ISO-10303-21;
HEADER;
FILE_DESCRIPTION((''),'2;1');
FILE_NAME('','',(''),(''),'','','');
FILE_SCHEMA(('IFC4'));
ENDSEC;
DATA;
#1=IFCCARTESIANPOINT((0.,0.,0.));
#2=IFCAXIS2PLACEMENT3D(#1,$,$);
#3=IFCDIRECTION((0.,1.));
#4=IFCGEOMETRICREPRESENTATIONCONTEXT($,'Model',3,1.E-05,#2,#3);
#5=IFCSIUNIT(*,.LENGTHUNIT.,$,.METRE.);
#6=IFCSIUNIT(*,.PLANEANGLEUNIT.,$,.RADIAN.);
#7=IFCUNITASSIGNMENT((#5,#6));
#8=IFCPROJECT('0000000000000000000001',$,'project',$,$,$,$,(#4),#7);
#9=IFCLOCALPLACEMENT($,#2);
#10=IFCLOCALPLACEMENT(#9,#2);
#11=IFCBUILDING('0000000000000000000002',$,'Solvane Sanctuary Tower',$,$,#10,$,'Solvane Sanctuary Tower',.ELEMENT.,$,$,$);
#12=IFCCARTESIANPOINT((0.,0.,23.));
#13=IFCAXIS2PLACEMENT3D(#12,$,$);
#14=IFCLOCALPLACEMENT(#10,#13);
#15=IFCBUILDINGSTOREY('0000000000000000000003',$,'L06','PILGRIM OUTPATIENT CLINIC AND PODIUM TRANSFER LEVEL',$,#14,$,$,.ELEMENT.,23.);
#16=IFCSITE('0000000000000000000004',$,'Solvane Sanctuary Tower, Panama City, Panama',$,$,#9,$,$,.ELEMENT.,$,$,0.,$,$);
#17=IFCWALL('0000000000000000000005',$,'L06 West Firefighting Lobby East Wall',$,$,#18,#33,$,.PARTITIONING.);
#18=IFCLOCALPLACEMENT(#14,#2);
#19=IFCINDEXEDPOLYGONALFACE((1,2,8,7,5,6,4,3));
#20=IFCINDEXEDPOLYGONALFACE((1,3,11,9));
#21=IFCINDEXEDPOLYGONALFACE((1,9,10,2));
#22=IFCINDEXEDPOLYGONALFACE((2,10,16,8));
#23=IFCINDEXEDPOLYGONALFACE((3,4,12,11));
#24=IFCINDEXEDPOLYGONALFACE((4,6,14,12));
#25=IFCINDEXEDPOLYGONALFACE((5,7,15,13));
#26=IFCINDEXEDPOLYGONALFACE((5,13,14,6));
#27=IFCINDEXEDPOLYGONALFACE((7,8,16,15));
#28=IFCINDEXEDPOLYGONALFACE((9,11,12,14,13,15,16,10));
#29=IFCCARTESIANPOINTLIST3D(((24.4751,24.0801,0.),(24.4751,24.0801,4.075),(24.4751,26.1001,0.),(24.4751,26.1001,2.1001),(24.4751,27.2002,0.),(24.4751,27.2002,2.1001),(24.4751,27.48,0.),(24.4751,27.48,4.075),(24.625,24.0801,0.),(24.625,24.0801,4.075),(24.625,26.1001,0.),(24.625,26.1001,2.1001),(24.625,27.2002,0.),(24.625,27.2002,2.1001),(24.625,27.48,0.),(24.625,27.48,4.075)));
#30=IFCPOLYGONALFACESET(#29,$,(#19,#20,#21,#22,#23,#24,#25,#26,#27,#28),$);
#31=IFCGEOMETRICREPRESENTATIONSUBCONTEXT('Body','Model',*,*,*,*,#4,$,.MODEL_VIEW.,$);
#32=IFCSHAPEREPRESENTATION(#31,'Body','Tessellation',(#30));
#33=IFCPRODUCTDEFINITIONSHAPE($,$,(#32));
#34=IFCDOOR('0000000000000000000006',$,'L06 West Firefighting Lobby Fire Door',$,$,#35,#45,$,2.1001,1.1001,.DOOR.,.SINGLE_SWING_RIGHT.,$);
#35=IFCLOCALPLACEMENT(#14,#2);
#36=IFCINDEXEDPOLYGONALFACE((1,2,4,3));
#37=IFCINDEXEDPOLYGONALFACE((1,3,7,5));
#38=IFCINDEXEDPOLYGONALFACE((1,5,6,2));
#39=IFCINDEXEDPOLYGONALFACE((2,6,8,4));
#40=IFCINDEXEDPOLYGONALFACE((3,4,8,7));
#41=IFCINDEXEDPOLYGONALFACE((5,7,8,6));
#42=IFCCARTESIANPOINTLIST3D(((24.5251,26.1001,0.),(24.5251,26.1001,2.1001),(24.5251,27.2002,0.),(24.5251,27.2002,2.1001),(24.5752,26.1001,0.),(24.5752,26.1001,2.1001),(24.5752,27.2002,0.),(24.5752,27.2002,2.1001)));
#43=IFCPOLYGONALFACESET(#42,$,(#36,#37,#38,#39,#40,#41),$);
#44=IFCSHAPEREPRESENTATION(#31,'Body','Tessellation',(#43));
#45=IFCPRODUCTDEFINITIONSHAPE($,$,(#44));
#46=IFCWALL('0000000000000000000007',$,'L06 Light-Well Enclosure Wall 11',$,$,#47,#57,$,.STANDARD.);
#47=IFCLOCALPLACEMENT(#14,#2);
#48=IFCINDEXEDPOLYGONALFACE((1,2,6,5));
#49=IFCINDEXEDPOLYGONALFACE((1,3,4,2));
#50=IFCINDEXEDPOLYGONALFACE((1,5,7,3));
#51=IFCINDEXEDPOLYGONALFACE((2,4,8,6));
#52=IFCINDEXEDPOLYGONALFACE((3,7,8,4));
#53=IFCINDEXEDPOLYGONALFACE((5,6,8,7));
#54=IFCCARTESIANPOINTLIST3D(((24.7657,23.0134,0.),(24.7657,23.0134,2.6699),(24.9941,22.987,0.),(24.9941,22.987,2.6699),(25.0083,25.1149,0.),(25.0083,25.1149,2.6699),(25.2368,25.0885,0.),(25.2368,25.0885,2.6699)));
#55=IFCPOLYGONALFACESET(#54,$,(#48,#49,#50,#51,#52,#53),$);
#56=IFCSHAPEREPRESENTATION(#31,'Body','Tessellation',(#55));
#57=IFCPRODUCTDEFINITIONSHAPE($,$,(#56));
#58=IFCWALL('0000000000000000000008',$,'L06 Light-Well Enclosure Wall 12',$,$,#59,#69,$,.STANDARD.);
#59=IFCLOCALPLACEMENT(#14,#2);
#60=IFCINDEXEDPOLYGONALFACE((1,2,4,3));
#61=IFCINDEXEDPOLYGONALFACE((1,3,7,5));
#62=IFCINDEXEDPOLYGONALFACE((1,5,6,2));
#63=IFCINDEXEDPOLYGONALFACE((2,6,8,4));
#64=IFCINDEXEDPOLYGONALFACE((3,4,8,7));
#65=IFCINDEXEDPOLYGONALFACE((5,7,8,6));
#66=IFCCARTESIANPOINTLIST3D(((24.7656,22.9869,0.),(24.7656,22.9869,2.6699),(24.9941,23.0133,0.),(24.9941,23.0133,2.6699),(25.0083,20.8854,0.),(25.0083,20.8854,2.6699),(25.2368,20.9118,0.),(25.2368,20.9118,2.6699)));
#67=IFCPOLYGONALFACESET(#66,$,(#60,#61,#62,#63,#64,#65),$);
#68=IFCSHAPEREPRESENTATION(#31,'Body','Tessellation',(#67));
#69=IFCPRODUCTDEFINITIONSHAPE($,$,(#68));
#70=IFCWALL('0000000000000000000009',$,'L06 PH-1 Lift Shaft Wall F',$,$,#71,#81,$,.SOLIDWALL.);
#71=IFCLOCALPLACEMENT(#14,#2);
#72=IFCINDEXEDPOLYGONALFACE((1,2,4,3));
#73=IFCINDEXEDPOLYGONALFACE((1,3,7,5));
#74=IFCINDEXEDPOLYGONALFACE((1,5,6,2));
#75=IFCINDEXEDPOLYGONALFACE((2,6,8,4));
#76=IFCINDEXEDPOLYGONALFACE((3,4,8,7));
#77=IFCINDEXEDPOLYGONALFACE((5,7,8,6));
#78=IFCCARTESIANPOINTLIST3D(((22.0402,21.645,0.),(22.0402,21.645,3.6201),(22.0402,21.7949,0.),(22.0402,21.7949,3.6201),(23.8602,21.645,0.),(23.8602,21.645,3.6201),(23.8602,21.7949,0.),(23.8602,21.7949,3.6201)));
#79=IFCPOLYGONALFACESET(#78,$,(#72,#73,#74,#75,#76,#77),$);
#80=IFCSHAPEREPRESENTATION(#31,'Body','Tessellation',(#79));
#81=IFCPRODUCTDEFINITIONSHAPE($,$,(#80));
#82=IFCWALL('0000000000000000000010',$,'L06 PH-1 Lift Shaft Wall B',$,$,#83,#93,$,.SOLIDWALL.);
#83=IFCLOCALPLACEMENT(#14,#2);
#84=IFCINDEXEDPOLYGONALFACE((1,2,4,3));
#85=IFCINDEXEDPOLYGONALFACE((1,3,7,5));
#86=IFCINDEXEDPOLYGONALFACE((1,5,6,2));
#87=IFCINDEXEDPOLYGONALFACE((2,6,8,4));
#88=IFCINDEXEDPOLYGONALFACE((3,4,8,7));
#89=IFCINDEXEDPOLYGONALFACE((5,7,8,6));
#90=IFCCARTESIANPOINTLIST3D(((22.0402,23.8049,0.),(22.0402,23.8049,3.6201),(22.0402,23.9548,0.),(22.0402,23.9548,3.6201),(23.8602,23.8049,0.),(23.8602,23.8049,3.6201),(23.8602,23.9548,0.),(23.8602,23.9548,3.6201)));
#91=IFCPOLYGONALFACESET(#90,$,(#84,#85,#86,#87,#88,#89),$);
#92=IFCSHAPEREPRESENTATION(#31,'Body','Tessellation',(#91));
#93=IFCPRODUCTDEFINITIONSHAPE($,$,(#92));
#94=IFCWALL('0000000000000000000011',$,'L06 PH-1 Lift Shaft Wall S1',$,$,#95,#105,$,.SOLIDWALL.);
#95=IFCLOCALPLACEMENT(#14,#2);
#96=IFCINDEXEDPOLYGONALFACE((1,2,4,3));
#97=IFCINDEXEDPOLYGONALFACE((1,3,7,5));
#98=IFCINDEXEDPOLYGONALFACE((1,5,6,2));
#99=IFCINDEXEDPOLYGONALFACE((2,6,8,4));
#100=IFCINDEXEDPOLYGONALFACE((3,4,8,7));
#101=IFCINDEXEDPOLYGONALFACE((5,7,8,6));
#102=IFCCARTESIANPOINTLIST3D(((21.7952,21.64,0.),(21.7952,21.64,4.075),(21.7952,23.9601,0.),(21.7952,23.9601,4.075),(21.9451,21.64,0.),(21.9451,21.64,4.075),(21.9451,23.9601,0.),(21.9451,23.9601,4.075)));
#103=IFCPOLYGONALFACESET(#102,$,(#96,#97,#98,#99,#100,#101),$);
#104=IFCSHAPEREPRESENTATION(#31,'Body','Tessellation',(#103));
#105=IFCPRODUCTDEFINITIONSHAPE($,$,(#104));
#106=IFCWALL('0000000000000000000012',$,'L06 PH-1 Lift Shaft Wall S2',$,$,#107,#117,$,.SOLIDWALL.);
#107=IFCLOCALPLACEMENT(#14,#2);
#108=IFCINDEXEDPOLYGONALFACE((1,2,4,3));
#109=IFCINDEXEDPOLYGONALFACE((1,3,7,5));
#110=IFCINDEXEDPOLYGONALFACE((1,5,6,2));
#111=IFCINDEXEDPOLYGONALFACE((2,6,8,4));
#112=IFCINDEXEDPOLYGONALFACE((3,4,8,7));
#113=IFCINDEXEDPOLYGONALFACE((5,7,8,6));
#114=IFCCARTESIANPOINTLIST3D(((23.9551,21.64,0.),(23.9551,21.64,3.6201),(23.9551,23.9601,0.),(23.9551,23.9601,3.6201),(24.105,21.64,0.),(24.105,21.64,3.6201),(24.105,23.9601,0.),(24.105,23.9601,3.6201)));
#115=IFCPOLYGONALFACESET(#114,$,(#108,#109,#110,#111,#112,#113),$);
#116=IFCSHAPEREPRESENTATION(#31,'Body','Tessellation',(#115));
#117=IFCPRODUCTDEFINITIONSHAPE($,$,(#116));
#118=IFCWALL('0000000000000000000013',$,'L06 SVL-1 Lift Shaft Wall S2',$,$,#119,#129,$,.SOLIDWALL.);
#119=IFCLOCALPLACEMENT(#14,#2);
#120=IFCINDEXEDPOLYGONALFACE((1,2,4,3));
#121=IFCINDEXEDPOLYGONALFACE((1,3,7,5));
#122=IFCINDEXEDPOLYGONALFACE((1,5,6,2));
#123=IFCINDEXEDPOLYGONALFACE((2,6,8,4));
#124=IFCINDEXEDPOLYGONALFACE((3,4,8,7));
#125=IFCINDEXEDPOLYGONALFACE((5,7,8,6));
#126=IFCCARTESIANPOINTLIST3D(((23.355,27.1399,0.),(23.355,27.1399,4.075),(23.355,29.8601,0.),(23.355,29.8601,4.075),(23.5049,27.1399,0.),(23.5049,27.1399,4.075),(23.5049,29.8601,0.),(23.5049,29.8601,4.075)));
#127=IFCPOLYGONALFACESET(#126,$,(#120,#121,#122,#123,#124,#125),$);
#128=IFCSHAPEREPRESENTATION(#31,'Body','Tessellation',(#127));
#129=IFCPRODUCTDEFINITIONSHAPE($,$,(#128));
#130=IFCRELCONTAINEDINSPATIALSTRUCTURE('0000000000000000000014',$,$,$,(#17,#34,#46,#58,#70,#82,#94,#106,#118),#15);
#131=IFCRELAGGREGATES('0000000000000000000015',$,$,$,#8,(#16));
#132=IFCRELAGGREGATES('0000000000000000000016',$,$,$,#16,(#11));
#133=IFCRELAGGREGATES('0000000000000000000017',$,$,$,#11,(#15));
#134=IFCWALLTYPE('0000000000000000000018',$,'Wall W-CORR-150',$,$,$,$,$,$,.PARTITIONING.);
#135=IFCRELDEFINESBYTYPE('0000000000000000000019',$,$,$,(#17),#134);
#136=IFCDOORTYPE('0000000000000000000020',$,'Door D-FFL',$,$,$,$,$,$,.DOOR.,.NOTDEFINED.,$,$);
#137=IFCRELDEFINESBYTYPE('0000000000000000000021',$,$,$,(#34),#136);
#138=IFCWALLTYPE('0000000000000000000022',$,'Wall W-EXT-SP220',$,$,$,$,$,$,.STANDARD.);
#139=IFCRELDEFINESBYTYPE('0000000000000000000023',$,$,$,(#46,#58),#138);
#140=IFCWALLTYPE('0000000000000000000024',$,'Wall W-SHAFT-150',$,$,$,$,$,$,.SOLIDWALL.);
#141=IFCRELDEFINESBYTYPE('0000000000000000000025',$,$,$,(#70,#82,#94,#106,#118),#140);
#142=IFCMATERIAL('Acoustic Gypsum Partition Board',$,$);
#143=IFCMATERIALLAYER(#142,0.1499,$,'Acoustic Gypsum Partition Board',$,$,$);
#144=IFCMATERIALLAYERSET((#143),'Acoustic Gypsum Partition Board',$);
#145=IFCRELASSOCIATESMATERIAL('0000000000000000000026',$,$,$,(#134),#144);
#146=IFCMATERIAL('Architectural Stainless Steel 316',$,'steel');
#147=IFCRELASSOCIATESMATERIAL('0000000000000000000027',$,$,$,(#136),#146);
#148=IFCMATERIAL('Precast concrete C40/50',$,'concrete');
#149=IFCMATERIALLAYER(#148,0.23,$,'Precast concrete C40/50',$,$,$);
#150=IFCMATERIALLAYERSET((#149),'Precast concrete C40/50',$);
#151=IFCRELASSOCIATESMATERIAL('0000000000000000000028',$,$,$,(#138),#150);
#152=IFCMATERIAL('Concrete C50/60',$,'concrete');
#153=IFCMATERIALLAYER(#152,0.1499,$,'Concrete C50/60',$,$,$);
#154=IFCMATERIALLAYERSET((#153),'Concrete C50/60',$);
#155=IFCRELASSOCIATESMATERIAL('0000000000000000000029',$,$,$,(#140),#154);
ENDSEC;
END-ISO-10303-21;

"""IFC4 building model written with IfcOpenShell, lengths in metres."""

from ifc_helpers import new_model, si_unit, direction, frame, frame_2d, origin, place, context, subcontext, project, spatial, rectangle, extrude, material, layer, layer_set, type_object, element, fill, save


model = new_model("IFC4")

# Units and contexts
model_context = context("Model", 3, precision=1e-05, world=origin(), true_north=direction((0.0, 1.0)))
body_context = subcontext(model_context, "Body", "Model", "MODEL_VIEW")
ifc_project = project(units=[si_unit("LENGTHUNIT", "METRE"), si_unit("PLANEANGLEUNIT", "RADIAN")], contexts=[model_context])

# Site, building, storey
site_placement = place(None, origin())
site = spatial("IfcSite", under=ifc_project, at=site_placement, Name="Solvane Sanctuary Tower, Panama City, Panama", CompositionType="ELEMENT", RefElevation=0.0)
building_placement = place(site_placement, origin())
building = spatial("IfcBuilding", under=site, at=building_placement, Name="Solvane Sanctuary Tower", LongName="Solvane Sanctuary Tower", CompositionType="ELEMENT")
storey_placement = place(building_placement, frame((0.0, 0.0, 23.0)))
storey = spatial("IfcBuildingStorey", under=building, at=storey_placement, Name="L06", Description="PILGRIM OUTPATIENT CLINIC AND PODIUM TRANSFER LEVEL", CompositionType="ELEMENT", Elevation=23.0)

# Wall, opening, door
ifc_material_1 = material(Name="Acoustic Gypsum Partition Board")
ifc_layer_1 = layer(ifc_material_1, 0.1499, Name="Acoustic Gypsum Partition Board")
ifc_layer_set_1 = layer_set([ifc_layer_1], Name="Acoustic Gypsum Partition Board")
wall_type_1 = type_object("IfcWallType", Name="Wall W-CORR-150", PredefinedType="PARTITIONING", material=ifc_layer_set_1)
wall_1_placement = place(storey_placement, frame((24.55, 24.0801, 0.0), z_axis=(0.0, 0.0, 1.0), x_axis=(0.0, 1.0, 0.0)))
wall_1 = element("IfcWall", 1, at=wall_1_placement, inside=storey, type_object=wall_type_1, Name="L06 West Firefighting Lobby East Wall", PredefinedType="PARTITIONING", context=body_context, shape_type="SweptSolid", body=[
    extrude(rectangle(XDim=3.3999, YDim=0.1499, at=frame_2d((1.7, 0.0))), origin(), (0.0, 0.0, 1.0), 4.075),
])
opening_placement = place(wall_1_placement, frame((2.02, 0.0, 0.0)))
opening = element("IfcOpeningElement", 2, at=opening_placement, cuts=wall_1, PredefinedType="OPENING", context=body_context, shape_type="SweptSolid", body=[
    extrude(rectangle(XDim=1.1001, YDim=2.1001, at=frame_2d((0.55, 1.05))), frame((0.0, 0.085, 0.0), z_axis=(0.0, -1.0, 0.0), x_axis=(1.0, 0.0, 0.0)), (0.0, 0.0, 1.0), 0.1699),
])
ifc_material_2 = material(Name="Architectural Stainless Steel 316", Category="steel")
door_type = type_object("IfcDoorType", Name="Door D-FFL", OperationType="NOTDEFINED", PredefinedType="DOOR", material=ifc_material_2)
door_placement = place(opening_placement, origin())
door = element("IfcDoor", 3, at=door_placement, inside=storey, type_object=door_type, Name="L06 West Firefighting Lobby Fire Door", OperationType="SINGLE_SWING_RIGHT", OverallHeight=2.1001, OverallWidth=1.1001, PredefinedType="DOOR", context=body_context, shape_type="SweptSolid", body=[
    extrude(rectangle(XDim=1.1001, YDim=2.1001, at=frame_2d((0.55, 1.05))), frame((0.0, 0.0249, 0.0), z_axis=(0.0, -1.0, 0.0), x_axis=(1.0, 0.0, 0.0)), (0.0, 0.0, 1.0), 0.05),
])
fill(opening, door)

# Walls
ifc_material_3 = material(Name="Precast concrete C40/50", Category="concrete")
ifc_layer_2 = layer(ifc_material_3, 0.23, Name="Precast concrete C40/50")
ifc_layer_set_2 = layer_set([ifc_layer_2], Name="Precast concrete C40/50")
wall_type_2 = type_object("IfcWallType", Name="Wall W-EXT-SP220", PredefinedType="STANDARD", material=ifc_layer_set_2)
for number, where, z_axis, x_axis, name in (
    (4, (25.1226, 25.1016, 0.0), (0.0, 0.0, 1.0), (-0.114712, -0.993399, 0.0), "L06 Light-Well Enclosure Wall 11"),
    (5, (24.8799, 23.0, 0.0), (0.0, 0.0, 1.0), (0.114712, -0.993399, 0.0), "L06 Light-Well Enclosure Wall 12"),
):
    element("IfcWall", number, at=place(storey_placement, frame(where, z_axis=z_axis, x_axis=x_axis)), inside=storey, type_object=wall_type_2, Name=name, PredefinedType="STANDARD", context=body_context, shape_type="SweptSolid", body=[
        extrude(rectangle(XDim=2.1155, YDim=0.23, at=frame_2d((1.0576, 0.0))), origin(), (0.0, 0.0, 1.0), 2.6699),
    ])
ifc_material_4 = material(Name="Concrete C50/60", Category="concrete")
ifc_layer_3 = layer(ifc_material_4, 0.1499, Name="Concrete C50/60")
ifc_layer_set_3 = layer_set([ifc_layer_3], Name="Concrete C50/60")
wall_type_3 = type_object("IfcWallType", Name="Wall W-SHAFT-150", PredefinedType="SOLIDWALL", material=ifc_layer_set_3)
for number, where, z_axis, x_axis, name in (
    (6, (22.04, 21.72, 0.0), (0.0, 0.0, 1.0), (1.0, 0.0, 0.0), "L06 PH-1 Lift Shaft Wall F"),
    (7, (22.04, 23.8799, 0.0), (0.0, 0.0, 1.0), (1.0, 0.0, 0.0), "L06 PH-1 Lift Shaft Wall B"),
):
    element("IfcWall", number, at=place(storey_placement, frame(where, z_axis=z_axis, x_axis=x_axis)), inside=storey, type_object=wall_type_3, Name=name, PredefinedType="SOLIDWALL", context=body_context, shape_type="SweptSolid", body=[
        extrude(rectangle(XDim=1.8201, YDim=0.1499, at=frame_2d((0.9102, 0.0))), origin(), (0.0, 0.0, 1.0), 3.6201),
    ])
wall_2_placement = place(storey_placement, frame((21.8701, 21.6399, 0.0), z_axis=(0.0, 0.0, 1.0), x_axis=(0.0, 1.0, 0.0)))
element("IfcWall", 8, at=wall_2_placement, inside=storey, type_object=wall_type_3, Name="L06 PH-1 Lift Shaft Wall S1", PredefinedType="SOLIDWALL", context=body_context, shape_type="SweptSolid", body=[
    extrude(rectangle(XDim=2.3201, YDim=0.1499, at=frame_2d((1.1602, 0.0))), origin(), (0.0, 0.0, 1.0), 4.075),
])
wall_3_placement = place(storey_placement, frame((24.03, 21.6399, 0.0), z_axis=(0.0, 0.0, 1.0), x_axis=(0.0, 1.0, 0.0)))
element("IfcWall", 9, at=wall_3_placement, inside=storey, type_object=wall_type_3, Name="L06 PH-1 Lift Shaft Wall S2", PredefinedType="SOLIDWALL", context=body_context, shape_type="SweptSolid", body=[
    extrude(rectangle(XDim=2.3201, YDim=0.1499, at=frame_2d((1.1602, 0.0))), origin(), (0.0, 0.0, 1.0), 3.6201),
])
wall_4_placement = place(storey_placement, frame((23.4299, 27.1399, 0.0), z_axis=(0.0, 0.0, 1.0), x_axis=(0.0, 1.0, 0.0)))
element("IfcWall", 10, at=wall_4_placement, inside=storey, type_object=wall_type_3, Name="L06 SVL-1 Lift Shaft Wall S2", PredefinedType="SOLIDWALL", context=body_context, shape_type="SweptSolid", body=[
    extrude(rectangle(XDim=2.7202, YDim=0.1499, at=frame_2d((1.3601, 0.0))), origin(), (0.0, 0.0, 1.0), 4.075),
])

save(model, "model.ifc")
